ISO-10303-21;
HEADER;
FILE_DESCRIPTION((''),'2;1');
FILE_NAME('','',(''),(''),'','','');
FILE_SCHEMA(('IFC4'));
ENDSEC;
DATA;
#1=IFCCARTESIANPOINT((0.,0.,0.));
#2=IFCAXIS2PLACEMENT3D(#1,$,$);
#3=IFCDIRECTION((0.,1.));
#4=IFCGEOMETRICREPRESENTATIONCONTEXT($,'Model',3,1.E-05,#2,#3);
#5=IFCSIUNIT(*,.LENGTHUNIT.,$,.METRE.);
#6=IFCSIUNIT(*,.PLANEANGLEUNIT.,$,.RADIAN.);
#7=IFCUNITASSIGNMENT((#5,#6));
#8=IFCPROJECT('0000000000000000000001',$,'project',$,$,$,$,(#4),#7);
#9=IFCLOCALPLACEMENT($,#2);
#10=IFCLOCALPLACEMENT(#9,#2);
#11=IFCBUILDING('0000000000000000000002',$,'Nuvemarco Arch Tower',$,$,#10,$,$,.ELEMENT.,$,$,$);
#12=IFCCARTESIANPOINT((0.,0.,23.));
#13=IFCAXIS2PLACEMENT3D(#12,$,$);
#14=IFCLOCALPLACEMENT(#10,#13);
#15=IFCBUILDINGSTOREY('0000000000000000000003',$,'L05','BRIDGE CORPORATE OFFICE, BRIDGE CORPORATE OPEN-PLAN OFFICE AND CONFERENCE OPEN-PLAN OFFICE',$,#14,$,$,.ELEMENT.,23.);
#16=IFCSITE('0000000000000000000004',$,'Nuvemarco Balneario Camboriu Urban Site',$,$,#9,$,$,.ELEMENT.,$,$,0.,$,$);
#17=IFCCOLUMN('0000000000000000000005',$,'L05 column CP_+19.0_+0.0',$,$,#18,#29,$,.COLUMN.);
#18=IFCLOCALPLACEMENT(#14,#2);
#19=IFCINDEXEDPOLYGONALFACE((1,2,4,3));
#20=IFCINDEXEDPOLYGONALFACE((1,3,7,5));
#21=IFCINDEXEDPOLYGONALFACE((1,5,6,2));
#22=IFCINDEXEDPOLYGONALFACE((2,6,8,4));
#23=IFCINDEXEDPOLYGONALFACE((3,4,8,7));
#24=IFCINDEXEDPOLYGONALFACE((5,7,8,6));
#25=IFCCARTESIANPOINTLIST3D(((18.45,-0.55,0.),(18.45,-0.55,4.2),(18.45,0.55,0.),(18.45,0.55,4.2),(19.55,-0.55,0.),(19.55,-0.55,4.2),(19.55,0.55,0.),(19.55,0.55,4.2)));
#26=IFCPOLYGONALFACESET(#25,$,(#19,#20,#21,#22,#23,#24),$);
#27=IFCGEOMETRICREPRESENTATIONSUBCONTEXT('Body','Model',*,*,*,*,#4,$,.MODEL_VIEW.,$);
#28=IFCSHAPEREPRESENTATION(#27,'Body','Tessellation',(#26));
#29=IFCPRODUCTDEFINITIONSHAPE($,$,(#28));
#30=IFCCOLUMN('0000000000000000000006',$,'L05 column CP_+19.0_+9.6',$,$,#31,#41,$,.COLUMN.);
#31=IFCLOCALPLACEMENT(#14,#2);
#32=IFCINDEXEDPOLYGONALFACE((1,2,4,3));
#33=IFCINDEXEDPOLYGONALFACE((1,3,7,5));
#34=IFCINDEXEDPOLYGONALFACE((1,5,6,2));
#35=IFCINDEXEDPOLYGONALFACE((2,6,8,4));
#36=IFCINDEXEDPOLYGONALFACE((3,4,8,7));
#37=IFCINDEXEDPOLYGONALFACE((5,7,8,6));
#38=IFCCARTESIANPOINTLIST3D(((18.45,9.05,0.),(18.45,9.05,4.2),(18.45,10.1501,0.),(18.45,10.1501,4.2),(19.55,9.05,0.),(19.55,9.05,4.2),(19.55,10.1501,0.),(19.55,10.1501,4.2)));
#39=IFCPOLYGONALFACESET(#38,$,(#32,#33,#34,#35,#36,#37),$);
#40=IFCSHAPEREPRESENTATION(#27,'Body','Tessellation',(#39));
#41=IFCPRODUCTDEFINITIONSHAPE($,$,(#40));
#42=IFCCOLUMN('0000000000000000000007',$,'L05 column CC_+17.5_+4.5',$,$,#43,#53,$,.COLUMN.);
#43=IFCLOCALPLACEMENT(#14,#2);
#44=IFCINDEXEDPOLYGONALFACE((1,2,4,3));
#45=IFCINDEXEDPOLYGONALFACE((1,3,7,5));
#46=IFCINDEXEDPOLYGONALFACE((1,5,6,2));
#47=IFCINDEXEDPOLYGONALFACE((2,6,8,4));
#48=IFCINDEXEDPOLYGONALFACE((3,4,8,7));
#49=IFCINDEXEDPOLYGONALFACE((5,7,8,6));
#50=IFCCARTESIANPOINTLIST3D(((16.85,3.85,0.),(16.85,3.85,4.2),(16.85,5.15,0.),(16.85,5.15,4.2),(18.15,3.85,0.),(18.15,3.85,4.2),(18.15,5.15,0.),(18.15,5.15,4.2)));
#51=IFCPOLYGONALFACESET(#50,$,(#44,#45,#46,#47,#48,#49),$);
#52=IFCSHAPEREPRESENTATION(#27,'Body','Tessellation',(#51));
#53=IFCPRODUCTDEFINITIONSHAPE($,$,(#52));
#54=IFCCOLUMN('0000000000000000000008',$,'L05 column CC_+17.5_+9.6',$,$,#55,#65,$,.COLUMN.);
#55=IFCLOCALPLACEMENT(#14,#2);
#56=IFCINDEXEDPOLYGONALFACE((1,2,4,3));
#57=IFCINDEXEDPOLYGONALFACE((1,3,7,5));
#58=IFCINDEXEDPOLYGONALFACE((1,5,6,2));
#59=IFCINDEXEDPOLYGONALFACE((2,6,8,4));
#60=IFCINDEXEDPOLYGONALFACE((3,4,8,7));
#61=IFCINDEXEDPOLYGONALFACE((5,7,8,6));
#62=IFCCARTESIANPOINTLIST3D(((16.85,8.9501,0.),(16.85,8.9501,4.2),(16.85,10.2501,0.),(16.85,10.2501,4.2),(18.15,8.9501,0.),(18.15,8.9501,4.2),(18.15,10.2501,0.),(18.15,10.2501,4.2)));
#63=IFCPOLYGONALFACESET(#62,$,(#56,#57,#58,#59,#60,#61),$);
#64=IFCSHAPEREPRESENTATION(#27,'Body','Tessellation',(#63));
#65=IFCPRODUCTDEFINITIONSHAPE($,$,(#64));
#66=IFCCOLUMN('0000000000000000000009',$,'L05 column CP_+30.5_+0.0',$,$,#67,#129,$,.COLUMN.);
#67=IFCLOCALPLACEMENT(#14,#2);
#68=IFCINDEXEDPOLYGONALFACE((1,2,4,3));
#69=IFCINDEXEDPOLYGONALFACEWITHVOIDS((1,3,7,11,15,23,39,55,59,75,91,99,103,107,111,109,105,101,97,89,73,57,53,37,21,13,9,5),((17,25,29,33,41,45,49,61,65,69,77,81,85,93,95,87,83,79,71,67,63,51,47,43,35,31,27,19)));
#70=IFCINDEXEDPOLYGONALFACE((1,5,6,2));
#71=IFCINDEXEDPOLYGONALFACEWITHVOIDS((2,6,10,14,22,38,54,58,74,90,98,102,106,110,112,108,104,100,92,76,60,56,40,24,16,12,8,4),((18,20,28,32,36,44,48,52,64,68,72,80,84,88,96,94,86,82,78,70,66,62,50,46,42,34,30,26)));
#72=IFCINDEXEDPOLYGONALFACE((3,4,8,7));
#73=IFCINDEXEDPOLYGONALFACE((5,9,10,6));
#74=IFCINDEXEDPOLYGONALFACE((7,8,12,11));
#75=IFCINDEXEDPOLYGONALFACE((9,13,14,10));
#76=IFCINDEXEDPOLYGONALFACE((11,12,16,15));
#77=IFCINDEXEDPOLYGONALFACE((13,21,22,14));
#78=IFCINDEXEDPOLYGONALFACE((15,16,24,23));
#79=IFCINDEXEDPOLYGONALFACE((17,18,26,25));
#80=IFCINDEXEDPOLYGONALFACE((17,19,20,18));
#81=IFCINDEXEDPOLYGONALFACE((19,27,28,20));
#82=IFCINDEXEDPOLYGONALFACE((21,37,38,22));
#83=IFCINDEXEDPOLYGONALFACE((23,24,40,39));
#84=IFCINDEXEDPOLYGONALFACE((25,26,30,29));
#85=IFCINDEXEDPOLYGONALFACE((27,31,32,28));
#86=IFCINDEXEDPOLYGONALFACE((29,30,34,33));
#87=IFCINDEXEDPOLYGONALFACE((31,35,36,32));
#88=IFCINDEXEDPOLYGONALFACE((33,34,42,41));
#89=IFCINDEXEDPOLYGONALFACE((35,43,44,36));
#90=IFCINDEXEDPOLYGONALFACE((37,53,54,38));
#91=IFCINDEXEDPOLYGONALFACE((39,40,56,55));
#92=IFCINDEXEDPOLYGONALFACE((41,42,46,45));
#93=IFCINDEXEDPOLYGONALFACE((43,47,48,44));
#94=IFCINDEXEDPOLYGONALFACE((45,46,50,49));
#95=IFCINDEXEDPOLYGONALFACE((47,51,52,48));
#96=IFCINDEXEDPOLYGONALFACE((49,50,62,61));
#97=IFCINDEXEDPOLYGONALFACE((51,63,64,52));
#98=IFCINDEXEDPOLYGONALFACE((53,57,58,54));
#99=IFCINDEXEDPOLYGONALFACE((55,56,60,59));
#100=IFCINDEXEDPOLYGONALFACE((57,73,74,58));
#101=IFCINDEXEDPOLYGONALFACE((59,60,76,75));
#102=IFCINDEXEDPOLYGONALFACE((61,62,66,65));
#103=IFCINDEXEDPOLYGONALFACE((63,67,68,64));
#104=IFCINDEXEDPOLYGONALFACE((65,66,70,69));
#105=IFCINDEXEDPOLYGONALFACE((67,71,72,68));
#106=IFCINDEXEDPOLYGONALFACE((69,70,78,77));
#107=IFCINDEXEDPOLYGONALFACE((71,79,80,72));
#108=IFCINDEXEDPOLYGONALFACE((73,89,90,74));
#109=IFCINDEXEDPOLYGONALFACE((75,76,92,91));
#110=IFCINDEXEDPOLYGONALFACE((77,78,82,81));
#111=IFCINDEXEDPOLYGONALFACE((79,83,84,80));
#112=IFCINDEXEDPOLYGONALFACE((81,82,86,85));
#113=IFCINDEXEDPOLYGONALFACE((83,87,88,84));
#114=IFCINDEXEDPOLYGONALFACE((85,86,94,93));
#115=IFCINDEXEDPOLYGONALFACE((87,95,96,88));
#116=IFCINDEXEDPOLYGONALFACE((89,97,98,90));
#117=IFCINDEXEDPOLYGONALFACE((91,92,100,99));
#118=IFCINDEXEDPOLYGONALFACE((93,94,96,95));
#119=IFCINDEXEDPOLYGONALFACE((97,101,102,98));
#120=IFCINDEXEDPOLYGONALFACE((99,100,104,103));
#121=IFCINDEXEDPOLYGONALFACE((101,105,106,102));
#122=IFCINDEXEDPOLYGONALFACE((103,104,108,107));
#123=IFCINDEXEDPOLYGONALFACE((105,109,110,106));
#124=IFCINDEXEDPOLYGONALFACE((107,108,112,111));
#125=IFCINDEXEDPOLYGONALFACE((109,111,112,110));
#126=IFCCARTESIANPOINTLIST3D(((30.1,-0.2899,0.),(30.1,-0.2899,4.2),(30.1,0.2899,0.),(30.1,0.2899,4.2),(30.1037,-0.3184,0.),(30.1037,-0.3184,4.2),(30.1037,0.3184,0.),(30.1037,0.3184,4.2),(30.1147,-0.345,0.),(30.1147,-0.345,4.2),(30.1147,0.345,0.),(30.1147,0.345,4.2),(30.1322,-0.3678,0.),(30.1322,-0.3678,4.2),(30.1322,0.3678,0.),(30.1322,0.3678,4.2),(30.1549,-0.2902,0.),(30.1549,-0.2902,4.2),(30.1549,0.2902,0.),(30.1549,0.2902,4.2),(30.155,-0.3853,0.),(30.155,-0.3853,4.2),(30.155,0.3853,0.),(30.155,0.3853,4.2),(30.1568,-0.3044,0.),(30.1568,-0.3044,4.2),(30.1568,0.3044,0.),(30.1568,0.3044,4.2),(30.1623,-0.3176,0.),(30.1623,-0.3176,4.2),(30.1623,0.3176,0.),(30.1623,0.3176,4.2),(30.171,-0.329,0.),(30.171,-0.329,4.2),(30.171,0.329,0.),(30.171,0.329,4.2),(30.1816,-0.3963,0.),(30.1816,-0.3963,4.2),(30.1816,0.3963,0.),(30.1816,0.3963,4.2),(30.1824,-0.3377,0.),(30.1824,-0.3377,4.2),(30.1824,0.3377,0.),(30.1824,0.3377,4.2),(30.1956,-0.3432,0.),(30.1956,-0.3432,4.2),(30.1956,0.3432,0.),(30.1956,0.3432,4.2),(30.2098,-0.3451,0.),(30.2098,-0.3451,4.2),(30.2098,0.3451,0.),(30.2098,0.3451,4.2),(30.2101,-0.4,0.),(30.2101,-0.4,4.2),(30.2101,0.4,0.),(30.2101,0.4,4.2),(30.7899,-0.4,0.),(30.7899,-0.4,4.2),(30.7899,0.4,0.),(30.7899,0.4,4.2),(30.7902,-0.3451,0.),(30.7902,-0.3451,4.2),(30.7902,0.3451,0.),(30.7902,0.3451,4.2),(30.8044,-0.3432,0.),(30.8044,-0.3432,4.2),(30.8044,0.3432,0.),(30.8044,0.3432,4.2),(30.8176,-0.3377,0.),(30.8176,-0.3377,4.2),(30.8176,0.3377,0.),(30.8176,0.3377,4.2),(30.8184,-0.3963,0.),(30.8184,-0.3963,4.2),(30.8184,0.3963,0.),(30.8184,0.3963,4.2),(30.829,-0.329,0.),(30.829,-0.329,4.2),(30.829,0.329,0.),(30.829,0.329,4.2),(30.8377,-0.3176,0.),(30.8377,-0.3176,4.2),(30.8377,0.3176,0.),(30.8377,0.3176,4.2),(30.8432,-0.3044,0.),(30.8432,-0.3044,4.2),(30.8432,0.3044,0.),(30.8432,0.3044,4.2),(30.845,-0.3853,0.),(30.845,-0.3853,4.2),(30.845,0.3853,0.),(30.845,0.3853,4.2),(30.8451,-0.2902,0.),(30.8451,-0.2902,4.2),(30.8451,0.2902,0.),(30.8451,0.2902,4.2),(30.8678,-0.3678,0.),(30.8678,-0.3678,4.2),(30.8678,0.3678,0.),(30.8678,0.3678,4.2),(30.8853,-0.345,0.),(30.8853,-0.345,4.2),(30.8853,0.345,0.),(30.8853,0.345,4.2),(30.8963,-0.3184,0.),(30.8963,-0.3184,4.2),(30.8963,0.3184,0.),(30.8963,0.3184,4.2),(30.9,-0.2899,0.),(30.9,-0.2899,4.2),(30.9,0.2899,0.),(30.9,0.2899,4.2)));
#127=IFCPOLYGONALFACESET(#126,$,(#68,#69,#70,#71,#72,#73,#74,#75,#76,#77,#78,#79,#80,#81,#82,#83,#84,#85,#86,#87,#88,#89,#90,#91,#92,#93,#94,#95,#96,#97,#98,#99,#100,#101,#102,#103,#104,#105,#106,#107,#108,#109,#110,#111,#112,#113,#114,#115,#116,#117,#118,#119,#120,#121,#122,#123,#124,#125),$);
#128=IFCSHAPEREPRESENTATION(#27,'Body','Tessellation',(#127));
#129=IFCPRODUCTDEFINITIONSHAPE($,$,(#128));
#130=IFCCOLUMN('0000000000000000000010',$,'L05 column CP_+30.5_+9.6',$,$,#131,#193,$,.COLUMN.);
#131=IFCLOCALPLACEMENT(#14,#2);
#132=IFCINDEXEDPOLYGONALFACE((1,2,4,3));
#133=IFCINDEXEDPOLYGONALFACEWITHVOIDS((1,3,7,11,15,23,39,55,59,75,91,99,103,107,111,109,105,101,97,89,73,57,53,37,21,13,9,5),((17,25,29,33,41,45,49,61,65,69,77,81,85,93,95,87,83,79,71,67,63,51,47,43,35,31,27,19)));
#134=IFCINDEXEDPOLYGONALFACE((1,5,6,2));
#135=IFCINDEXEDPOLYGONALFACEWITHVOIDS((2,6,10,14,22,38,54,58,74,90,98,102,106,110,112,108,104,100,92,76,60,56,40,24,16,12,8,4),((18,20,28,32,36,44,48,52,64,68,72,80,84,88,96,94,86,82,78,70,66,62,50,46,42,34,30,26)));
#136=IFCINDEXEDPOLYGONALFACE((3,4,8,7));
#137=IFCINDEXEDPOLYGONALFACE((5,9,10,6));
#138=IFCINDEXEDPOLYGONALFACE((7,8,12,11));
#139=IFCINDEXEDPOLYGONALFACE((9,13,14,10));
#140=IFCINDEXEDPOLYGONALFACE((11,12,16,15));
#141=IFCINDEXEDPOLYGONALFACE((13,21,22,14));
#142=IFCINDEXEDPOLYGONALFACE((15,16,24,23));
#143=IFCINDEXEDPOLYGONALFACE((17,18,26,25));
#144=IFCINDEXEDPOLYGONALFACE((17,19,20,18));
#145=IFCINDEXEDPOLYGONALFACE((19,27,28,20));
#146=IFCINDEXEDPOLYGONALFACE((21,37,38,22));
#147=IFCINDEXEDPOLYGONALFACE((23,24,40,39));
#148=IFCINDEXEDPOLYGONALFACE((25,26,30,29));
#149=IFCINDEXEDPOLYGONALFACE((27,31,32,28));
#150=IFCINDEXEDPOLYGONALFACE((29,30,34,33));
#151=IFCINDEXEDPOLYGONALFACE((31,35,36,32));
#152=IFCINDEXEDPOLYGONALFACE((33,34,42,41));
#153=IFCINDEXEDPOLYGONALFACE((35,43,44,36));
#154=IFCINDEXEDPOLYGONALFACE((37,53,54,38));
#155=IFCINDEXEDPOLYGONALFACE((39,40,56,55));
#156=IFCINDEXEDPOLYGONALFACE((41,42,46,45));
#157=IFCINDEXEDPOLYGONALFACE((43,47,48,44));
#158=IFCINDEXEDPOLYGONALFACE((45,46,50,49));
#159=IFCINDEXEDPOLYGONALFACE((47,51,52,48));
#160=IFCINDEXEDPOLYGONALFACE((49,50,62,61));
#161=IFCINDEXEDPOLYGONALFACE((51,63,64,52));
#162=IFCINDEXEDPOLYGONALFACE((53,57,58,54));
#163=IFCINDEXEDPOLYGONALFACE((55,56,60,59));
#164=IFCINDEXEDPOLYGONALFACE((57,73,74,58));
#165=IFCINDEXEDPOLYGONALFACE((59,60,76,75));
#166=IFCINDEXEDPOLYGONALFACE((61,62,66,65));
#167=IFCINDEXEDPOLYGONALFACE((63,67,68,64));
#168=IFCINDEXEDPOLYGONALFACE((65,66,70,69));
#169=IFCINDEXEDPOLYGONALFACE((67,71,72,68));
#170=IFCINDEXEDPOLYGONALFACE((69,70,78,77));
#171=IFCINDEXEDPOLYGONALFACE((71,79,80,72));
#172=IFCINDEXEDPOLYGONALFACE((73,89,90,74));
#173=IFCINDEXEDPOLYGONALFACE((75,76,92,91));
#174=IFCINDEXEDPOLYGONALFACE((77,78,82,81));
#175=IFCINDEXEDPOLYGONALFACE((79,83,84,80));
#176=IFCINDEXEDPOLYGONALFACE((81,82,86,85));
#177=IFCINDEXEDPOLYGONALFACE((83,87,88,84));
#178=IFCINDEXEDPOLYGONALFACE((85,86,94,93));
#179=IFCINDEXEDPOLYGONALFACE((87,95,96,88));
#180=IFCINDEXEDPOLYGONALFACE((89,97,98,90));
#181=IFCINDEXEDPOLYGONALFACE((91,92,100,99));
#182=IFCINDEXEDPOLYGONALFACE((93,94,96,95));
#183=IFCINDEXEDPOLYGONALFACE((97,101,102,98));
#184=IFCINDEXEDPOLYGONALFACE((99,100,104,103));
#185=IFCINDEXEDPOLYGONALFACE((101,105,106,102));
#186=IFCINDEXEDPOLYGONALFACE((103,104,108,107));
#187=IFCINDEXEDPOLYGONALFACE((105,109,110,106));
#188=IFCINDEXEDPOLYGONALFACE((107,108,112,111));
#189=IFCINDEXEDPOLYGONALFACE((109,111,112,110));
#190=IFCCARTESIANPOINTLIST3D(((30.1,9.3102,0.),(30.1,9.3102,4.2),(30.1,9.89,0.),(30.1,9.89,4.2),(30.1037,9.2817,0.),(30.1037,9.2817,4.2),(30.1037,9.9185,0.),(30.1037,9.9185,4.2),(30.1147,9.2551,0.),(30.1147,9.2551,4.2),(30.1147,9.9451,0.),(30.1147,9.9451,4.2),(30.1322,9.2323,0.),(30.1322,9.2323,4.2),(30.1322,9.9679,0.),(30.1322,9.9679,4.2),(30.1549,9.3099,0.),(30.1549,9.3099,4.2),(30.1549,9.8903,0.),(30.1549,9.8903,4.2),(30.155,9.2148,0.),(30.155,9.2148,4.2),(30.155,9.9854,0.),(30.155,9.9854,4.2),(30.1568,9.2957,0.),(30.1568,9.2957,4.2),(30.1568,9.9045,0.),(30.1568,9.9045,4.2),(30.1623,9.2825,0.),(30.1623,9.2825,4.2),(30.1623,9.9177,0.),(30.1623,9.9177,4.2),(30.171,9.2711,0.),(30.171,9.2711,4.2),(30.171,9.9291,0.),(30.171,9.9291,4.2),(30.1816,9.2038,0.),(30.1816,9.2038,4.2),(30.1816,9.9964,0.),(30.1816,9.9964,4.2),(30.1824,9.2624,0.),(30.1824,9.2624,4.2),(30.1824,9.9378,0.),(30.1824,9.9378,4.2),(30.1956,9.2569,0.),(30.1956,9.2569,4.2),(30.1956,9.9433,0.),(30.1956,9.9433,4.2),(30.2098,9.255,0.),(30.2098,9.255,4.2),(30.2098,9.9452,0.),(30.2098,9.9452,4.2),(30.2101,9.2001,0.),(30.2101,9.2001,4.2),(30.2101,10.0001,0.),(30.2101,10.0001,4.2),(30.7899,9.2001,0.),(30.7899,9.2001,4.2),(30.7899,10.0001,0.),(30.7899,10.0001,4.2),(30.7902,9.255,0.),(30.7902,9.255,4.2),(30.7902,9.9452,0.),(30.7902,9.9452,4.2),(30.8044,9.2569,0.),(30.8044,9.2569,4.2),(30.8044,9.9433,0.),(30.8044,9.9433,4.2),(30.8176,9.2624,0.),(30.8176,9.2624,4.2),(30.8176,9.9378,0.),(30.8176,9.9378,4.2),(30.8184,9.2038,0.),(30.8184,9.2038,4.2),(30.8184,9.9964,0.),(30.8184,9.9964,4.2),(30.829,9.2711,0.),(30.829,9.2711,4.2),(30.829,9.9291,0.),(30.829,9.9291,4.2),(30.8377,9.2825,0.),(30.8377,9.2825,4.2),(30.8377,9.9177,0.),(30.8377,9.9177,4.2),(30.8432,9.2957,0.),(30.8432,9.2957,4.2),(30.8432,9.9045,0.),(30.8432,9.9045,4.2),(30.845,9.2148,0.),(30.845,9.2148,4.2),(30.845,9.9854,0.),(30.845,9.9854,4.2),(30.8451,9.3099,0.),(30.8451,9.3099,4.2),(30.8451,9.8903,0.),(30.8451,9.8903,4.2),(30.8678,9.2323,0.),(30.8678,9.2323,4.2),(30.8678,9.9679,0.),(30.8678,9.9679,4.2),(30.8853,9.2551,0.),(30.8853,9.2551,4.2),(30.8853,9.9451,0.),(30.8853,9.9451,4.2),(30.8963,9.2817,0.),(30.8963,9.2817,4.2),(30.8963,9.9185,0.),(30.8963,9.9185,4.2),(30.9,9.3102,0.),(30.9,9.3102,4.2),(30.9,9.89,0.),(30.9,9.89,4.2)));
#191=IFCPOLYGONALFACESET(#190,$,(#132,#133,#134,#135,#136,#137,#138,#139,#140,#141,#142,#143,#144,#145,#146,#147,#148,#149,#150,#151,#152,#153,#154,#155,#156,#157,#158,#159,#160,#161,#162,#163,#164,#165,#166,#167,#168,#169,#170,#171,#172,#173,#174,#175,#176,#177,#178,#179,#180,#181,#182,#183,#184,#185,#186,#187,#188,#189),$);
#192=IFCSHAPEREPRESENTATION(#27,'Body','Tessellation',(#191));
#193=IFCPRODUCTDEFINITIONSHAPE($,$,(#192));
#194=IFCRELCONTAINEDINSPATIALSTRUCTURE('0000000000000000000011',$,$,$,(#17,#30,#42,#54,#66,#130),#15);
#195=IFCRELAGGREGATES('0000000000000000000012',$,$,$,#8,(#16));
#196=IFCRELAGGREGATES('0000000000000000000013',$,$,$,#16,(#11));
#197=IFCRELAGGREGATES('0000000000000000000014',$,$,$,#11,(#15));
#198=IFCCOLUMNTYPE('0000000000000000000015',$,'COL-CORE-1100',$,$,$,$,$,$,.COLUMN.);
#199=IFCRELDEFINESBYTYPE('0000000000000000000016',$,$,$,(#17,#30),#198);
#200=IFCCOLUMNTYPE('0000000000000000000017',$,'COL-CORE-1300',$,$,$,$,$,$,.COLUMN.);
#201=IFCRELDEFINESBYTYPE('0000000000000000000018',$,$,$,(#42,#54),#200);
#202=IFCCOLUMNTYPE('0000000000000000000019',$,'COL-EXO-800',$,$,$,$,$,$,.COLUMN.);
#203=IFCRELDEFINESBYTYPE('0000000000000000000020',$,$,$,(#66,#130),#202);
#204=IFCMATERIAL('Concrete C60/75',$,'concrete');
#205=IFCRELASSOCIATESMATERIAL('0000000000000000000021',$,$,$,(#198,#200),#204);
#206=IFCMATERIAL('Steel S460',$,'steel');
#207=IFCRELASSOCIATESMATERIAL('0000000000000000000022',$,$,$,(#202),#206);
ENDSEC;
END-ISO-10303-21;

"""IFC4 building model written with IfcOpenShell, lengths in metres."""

from ifc_helpers import new_model, si_unit, direction, frame, origin, origin_2d, place, context, subcontext, project, spatial, rectangle, hollow_rectangle, extrude, material, material_profile, profile_set, type_object, element, save


model = new_model("IFC4")

# Units and contexts
model_context = context("Model", 3, precision=1e-05, world=origin(), true_north=direction((0.0, 1.0)))
body_context = subcontext(model_context, "Body", "Model", "MODEL_VIEW")
ifc_project = project(units=[si_unit("LENGTHUNIT", "METRE"), si_unit("PLANEANGLEUNIT", "RADIAN")], contexts=[model_context])

# Site, building, storey
site_placement = place(None, origin())
site = spatial("IfcSite", under=ifc_project, at=site_placement, Name="Nuvemarco Balneario Camboriu Urban Site", CompositionType="ELEMENT", RefElevation=0.0)
building_placement = place(site_placement, origin())
building = spatial("IfcBuilding", under=site, at=building_placement, Name="Nuvemarco Arch Tower", CompositionType="ELEMENT")
storey_placement = place(building_placement, frame((0.0, 0.0, 23.0)))
storey = spatial("IfcBuildingStorey", under=building, at=storey_placement, Name="L05", Description="BRIDGE CORPORATE OFFICE, BRIDGE CORPORATE OPEN-PLAN OFFICE AND CONFERENCE OPEN-PLAN OFFICE", CompositionType="ELEMENT", Elevation=23.0)

# Columns
ifc_material_1 = material(Name="Concrete C60/75", Category="concrete")
ifc_material_profile_1 = material_profile(ifc_material_1, rectangle(XDim=1.1001, YDim=1.1001, at=origin_2d()), Name="RC-COL-1100x1100")
ifc_profile_set_1 = profile_set([ifc_material_profile_1], Name="Concrete C60/75")
column_type_1 = type_object("IfcColumnType", Name="COL-CORE-1100", PredefinedType="COLUMN", material=ifc_profile_set_1)
for number, where, z_axis, x_axis, name in (
    (1, (19.0, 0.0, 0.0), (0.0, 0.0, 1.0), (1.0, 0.0, 0.0), "L05 column CP_+19.0_+0.0"),
    (2, (19.0, 9.6001, 0.0), (0.0, 0.0, 1.0), (1.0, 0.0, 0.0), "L05 column CP_+19.0_+9.6"),
):
    element("IfcColumn", number, at=place(storey_placement, frame(where, z_axis=z_axis, x_axis=x_axis)), inside=storey, type_object=column_type_1, Name=name, PredefinedType="COLUMN", context=body_context, shape_type="SweptSolid", body=[
        extrude(rectangle(XDim=1.1001, YDim=1.1001, at=origin_2d()), origin(), (0.0, 0.0, 1.0), 4.2),
    ])
ifc_material_profile_2 = material_profile(ifc_material_1, rectangle(XDim=1.3, YDim=1.3, at=origin_2d()), Name="RC-COL-1300x1300")
ifc_profile_set_2 = profile_set([ifc_material_profile_2], Name="Concrete C60/75")
column_type_2 = type_object("IfcColumnType", Name="COL-CORE-1300", PredefinedType="COLUMN", material=ifc_profile_set_2)
for number, where, z_axis, x_axis, name in (
    (3, (17.5, 4.5, 0.0), (0.0, 0.0, 1.0), (1.0, 0.0, 0.0), "L05 column CC_+17.5_+4.5"),
    (4, (17.5, 9.6001, 0.0), (0.0, 0.0, 1.0), (1.0, 0.0, 0.0), "L05 column CC_+17.5_+9.6"),
):
    element("IfcColumn", number, at=place(storey_placement, frame(where, z_axis=z_axis, x_axis=x_axis)), inside=storey, type_object=column_type_2, Name=name, PredefinedType="COLUMN", context=body_context, shape_type="SweptSolid", body=[
        extrude(rectangle(XDim=1.3, YDim=1.3, at=origin_2d()), origin(), (0.0, 0.0, 1.0), 4.2),
    ])
ifc_material_2 = material(Name="Steel S460", Category="steel")
ifc_material_profile_3 = material_profile(ifc_material_2, hollow_rectangle(XDim=0.8, YDim=0.8, WallThickness=0.0549, InnerFilletRadius=0.0549, OuterFilletRadius=0.1101, at=origin_2d()), Name="SHS800x800x55")
ifc_profile_set_3 = profile_set([ifc_material_profile_3], Name="Steel S460")
column_type_3 = type_object("IfcColumnType", Name="COL-EXO-800", PredefinedType="COLUMN", material=ifc_profile_set_3)
for number, where, z_axis, x_axis, name in (
    (5, (30.5, 0.0, 0.0), (0.0, 0.0, 1.0), (1.0, 0.0, 0.0), "L05 column CP_+30.5_+0.0"),
    (6, (30.5, 9.6001, 0.0), (0.0, 0.0, 1.0), (1.0, 0.0, 0.0), "L05 column CP_+30.5_+9.6"),
):
    element("IfcColumn", number, at=place(storey_placement, frame(where, z_axis=z_axis, x_axis=x_axis)), inside=storey, type_object=column_type_3, Name=name, PredefinedType="COLUMN", context=body_context, shape_type="SweptSolid", body=[
        extrude(hollow_rectangle(XDim=0.8, YDim=0.8, WallThickness=0.0549, InnerFilletRadius=0.0549, OuterFilletRadius=0.1101, at=origin_2d()), origin(), (0.0, 0.0, 1.0), 4.2),
    ])

save(model, "model.ifc")
